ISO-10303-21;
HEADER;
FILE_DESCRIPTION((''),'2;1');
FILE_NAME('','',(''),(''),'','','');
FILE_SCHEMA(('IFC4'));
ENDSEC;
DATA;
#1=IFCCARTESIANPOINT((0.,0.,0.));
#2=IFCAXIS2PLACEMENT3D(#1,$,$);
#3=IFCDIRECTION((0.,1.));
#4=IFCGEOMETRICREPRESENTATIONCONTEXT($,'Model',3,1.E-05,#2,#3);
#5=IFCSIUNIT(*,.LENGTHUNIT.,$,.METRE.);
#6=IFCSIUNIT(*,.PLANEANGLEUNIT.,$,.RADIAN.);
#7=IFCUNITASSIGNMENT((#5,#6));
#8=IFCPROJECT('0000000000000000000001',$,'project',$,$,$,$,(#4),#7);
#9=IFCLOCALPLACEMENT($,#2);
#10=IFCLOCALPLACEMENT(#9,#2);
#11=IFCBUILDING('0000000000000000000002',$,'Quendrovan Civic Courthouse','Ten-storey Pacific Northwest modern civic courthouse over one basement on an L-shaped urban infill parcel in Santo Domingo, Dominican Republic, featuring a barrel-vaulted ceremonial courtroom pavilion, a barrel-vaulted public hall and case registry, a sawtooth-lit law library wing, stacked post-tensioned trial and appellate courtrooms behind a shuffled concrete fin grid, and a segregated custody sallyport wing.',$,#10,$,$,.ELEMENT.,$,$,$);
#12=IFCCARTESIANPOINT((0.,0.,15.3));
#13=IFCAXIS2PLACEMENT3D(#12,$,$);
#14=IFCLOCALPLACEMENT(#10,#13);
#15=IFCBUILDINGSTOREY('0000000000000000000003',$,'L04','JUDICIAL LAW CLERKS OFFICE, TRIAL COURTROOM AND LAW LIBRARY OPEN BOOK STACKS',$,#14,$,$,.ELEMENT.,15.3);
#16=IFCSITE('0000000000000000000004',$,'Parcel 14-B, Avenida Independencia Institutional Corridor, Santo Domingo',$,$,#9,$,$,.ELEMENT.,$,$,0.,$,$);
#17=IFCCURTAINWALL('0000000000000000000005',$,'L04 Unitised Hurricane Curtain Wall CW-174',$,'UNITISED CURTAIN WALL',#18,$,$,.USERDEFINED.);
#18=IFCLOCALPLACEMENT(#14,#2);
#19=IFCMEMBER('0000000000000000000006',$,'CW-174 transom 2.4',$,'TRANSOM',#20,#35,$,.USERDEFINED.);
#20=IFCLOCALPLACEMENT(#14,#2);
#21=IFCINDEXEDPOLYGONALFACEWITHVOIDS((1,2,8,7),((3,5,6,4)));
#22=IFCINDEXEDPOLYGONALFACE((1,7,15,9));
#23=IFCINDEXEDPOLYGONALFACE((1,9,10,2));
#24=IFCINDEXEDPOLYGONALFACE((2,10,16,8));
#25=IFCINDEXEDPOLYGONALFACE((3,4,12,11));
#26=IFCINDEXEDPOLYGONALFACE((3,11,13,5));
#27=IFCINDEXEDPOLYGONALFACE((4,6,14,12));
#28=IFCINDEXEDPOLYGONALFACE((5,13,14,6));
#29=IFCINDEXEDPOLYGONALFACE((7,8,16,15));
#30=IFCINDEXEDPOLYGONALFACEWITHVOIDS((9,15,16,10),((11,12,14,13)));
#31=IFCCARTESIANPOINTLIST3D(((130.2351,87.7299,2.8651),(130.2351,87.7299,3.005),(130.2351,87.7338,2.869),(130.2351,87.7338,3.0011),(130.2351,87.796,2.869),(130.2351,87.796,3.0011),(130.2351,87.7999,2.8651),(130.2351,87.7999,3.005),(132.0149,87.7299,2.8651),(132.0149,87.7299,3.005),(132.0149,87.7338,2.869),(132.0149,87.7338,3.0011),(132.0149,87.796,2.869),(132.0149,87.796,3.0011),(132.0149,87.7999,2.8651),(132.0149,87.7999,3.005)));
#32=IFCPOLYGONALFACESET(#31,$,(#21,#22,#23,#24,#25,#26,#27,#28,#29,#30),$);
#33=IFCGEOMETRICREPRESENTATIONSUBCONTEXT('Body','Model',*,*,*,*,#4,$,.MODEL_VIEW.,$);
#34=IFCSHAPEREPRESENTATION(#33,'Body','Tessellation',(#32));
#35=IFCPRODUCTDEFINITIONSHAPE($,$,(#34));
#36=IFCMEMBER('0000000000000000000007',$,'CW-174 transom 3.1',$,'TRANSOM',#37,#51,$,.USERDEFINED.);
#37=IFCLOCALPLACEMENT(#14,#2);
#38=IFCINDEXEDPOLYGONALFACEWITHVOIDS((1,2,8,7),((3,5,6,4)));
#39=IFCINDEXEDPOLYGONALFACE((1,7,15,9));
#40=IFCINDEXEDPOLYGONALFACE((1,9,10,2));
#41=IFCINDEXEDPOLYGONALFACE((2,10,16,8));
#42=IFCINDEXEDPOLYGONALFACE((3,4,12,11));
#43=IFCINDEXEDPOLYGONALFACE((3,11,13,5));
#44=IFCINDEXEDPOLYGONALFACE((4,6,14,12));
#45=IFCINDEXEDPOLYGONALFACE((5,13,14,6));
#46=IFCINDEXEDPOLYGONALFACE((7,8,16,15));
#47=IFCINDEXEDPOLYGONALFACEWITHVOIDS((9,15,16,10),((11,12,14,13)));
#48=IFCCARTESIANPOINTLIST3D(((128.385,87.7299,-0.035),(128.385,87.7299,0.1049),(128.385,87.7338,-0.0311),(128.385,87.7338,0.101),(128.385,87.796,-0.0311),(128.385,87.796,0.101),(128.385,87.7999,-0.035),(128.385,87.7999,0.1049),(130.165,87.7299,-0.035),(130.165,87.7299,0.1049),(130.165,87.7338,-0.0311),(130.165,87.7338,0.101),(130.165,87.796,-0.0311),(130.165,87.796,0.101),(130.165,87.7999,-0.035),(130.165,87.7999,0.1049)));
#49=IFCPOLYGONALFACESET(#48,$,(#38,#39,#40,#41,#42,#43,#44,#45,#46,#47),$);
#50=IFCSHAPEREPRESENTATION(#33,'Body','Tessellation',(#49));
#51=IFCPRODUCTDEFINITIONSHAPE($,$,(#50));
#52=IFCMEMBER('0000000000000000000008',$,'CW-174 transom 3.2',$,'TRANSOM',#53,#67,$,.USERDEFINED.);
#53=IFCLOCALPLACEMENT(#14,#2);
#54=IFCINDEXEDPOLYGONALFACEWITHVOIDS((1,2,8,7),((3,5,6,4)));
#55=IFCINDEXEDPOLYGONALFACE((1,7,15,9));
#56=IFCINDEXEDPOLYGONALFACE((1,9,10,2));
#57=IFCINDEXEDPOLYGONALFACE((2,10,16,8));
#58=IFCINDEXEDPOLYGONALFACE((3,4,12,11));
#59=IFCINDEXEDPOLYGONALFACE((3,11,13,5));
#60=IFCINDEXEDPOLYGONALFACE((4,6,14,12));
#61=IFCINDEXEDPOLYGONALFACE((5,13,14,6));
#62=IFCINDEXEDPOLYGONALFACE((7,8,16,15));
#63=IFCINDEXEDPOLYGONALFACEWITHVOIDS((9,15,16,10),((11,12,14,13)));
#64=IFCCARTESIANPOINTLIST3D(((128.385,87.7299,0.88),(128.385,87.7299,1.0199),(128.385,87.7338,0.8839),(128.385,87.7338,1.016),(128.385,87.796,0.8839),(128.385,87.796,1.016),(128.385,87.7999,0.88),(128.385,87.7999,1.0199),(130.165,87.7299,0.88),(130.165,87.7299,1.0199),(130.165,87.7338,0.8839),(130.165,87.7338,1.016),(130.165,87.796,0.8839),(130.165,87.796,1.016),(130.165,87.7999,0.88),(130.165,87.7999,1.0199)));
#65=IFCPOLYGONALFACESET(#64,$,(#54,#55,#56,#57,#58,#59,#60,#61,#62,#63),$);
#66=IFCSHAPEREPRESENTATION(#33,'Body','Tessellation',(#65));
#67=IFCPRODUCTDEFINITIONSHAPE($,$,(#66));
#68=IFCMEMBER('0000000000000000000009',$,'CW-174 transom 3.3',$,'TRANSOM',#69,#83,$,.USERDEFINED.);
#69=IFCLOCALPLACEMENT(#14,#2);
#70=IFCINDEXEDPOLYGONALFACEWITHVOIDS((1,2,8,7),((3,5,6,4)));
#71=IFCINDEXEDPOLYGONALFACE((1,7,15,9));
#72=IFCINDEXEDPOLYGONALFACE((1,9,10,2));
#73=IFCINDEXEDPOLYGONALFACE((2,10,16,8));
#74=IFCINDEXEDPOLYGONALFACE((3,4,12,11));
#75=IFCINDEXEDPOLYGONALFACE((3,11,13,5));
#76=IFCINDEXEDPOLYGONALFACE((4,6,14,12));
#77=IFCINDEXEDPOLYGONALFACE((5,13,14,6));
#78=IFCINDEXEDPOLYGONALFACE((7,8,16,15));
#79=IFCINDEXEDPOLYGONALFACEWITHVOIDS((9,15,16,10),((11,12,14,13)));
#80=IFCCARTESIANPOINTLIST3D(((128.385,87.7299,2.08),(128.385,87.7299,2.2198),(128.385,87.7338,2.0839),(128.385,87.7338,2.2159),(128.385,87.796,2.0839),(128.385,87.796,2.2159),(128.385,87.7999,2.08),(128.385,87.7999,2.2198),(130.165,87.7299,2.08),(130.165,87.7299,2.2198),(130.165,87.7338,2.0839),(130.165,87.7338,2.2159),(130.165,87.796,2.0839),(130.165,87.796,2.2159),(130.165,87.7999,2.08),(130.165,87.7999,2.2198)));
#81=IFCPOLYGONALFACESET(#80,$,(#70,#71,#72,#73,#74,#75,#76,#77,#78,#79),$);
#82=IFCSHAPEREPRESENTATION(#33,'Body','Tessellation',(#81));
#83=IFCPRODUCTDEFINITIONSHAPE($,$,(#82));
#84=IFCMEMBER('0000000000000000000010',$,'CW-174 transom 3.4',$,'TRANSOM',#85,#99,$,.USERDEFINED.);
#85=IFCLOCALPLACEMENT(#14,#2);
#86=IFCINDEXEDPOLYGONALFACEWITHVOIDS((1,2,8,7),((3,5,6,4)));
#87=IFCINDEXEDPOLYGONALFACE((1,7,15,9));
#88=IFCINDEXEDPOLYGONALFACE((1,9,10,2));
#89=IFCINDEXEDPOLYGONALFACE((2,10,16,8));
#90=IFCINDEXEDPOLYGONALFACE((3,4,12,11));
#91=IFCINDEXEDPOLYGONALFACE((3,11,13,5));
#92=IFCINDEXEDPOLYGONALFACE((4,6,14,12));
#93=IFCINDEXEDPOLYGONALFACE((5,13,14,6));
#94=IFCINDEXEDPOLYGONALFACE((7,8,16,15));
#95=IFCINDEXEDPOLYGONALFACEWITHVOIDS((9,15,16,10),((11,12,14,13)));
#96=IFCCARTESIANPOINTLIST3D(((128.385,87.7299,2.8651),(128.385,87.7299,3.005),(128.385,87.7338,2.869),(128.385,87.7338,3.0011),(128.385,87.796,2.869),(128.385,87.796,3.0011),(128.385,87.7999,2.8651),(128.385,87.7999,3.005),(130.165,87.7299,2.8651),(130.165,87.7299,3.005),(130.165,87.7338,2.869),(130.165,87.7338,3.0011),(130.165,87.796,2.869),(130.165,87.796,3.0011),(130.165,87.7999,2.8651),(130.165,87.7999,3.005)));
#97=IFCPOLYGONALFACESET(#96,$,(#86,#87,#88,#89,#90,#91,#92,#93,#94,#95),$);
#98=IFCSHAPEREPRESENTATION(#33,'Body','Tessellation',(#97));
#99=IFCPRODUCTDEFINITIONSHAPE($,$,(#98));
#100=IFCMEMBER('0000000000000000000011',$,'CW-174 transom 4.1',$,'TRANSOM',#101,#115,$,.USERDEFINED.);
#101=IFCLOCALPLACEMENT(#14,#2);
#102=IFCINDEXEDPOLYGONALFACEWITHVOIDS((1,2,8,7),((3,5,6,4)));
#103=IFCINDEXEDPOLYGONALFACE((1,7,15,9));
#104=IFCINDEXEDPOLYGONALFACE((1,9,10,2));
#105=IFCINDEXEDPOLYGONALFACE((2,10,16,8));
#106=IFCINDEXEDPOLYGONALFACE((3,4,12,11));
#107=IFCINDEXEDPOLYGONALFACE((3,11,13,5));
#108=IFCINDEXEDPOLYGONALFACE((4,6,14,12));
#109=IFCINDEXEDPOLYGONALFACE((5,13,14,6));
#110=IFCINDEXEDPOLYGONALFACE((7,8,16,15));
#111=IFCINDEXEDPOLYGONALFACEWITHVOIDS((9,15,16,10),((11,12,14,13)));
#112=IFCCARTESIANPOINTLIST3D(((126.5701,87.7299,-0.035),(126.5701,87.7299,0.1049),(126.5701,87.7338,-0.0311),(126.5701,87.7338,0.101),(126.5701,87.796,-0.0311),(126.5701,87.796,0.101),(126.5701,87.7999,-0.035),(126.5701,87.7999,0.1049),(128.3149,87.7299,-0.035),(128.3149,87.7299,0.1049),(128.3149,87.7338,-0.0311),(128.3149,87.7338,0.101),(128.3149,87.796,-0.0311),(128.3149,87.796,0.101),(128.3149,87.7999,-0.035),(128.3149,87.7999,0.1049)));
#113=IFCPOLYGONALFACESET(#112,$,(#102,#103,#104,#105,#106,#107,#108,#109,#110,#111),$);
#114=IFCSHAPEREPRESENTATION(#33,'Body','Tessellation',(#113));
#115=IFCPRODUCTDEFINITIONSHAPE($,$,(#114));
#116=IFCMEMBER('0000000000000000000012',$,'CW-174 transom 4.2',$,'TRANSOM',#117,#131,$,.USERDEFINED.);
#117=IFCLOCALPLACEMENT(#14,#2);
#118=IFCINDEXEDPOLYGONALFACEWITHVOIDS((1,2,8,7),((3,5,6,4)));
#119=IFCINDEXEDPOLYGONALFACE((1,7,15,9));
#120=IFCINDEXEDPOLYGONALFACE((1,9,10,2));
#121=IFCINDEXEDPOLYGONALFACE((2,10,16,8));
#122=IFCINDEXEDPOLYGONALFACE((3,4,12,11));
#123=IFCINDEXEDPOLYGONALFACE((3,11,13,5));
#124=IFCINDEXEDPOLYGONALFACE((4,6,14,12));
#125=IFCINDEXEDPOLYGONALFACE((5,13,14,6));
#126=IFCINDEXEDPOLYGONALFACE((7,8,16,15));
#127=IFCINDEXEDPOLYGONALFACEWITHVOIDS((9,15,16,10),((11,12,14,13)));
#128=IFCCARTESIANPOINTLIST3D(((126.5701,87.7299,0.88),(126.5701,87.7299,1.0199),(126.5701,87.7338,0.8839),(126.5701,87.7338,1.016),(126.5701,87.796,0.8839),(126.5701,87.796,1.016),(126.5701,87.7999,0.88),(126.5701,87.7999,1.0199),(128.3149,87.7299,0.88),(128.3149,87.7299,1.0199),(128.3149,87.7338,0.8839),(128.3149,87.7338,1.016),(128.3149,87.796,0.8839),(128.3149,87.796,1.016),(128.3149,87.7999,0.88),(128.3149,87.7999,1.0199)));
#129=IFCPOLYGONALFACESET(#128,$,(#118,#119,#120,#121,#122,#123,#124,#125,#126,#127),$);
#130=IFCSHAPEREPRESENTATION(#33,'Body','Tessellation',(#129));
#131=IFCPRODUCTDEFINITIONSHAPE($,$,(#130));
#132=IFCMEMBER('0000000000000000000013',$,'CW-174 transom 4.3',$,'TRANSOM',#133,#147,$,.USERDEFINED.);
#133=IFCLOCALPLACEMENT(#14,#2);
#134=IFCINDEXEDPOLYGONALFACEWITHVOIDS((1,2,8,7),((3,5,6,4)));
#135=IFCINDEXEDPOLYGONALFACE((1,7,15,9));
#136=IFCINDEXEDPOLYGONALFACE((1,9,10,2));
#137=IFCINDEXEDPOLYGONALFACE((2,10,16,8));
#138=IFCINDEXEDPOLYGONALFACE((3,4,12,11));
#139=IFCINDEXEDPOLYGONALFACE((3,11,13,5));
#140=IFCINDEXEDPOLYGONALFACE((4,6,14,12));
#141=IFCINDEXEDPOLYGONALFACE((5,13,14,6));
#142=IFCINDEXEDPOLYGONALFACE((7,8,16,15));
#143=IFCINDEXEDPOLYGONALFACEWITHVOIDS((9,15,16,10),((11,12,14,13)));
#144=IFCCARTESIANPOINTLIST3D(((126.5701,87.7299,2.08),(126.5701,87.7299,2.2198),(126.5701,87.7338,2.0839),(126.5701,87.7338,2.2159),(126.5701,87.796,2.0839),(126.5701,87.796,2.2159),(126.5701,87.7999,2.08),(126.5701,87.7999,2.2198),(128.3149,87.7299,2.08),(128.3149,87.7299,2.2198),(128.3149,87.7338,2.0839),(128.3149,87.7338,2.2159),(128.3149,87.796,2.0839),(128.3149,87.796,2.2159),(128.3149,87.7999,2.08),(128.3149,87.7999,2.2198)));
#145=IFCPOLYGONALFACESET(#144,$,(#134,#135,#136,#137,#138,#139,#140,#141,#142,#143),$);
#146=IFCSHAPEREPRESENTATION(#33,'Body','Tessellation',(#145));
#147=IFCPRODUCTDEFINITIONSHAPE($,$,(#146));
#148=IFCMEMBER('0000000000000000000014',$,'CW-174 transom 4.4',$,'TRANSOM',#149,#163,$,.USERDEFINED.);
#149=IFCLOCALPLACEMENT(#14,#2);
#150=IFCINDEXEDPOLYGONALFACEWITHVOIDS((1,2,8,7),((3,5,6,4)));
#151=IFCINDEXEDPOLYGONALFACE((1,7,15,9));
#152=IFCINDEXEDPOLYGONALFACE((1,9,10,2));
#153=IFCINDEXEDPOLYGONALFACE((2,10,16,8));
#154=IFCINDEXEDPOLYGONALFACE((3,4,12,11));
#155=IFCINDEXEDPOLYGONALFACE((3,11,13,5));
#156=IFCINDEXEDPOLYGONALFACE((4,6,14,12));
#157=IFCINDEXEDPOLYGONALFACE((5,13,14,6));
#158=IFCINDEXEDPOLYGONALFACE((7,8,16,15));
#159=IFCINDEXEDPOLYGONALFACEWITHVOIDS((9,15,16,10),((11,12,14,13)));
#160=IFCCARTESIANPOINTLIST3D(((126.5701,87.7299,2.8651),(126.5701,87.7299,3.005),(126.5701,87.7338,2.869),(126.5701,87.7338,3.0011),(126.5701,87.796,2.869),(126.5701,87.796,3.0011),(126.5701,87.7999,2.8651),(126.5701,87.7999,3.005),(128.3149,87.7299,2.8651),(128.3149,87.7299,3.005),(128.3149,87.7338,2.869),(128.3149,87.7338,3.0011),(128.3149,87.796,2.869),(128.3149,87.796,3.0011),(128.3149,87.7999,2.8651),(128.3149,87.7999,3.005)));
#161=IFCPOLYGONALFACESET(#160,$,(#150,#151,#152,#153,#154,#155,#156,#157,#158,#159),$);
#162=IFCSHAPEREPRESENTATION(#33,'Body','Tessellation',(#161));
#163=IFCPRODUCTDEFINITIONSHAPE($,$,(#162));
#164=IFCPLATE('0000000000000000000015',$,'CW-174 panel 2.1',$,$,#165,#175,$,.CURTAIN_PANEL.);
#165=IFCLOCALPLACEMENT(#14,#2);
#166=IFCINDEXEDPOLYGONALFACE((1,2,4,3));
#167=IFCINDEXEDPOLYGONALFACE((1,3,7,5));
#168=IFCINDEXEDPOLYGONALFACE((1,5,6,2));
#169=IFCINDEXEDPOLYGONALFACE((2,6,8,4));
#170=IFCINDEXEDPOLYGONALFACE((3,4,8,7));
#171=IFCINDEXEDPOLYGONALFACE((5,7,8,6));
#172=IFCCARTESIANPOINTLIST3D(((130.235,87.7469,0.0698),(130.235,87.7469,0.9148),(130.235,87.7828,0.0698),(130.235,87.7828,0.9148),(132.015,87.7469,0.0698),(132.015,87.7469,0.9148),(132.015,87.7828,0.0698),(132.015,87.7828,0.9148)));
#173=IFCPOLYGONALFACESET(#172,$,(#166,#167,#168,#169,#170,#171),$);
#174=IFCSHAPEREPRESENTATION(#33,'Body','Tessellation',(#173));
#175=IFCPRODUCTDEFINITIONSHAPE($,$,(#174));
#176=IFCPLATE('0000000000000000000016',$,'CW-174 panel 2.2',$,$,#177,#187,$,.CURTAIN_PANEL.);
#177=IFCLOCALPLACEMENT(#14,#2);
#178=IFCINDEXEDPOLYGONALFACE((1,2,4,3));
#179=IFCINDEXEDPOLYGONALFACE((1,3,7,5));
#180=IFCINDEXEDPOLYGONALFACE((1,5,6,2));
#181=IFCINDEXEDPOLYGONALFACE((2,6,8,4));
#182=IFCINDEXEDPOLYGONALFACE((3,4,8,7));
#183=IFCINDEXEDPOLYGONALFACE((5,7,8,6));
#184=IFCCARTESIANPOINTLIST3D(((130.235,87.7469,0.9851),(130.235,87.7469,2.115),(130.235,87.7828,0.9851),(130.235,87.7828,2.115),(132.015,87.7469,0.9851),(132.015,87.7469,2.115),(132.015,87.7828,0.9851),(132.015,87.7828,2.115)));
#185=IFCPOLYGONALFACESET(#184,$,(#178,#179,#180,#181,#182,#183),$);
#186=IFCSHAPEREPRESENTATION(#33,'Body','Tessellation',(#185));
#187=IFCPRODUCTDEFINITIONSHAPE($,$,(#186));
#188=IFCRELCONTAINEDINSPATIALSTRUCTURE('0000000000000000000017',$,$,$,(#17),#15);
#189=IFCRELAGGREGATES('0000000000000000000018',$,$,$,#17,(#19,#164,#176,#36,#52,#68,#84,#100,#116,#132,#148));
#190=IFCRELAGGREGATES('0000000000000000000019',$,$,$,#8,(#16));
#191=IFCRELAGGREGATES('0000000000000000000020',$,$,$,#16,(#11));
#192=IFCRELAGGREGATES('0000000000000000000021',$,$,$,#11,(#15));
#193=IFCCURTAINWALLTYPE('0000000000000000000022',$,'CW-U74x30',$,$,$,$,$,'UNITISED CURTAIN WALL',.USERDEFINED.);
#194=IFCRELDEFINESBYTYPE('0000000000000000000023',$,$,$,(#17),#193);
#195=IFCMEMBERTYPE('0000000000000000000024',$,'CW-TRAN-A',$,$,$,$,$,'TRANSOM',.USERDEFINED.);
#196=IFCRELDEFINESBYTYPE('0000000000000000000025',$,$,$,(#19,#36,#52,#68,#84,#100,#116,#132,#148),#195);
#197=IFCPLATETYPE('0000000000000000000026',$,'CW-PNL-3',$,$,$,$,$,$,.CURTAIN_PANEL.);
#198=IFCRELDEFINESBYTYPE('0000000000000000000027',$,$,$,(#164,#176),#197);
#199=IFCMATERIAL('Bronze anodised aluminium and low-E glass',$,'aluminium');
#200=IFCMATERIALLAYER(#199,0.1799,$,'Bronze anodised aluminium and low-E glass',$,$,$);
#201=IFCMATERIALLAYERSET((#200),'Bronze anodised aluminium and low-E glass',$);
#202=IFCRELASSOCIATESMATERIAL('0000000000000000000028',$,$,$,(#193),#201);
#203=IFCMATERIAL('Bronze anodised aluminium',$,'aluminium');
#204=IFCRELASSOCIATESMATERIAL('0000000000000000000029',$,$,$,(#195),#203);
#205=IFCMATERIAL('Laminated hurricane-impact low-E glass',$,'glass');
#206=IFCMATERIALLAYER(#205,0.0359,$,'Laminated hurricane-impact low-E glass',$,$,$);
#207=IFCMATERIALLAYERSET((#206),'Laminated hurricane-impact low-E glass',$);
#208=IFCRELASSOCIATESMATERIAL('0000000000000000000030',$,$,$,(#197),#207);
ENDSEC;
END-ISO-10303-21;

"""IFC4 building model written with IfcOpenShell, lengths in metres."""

from ifc_helpers import new_model, si_unit, direction, frame, origin, origin_2d, place, context, subcontext, project, spatial, rectangle, hollow_rectangle, extrude, material, layer, layer_set, material_profile, profile_set, type_object, element, aggregate, save


model = new_model("IFC4")

# Units and contexts
model_context = context("Model", 3, precision=1e-05, world=origin(), true_north=direction((0.0, 1.0)))
body_context = subcontext(model_context, "Body", "Model", "MODEL_VIEW")
ifc_project = project(units=[si_unit("LENGTHUNIT", "METRE"), si_unit("PLANEANGLEUNIT", "RADIAN")], contexts=[model_context])

# Site, building, storey
site_placement = place(None, origin())
site = spatial("IfcSite", under=ifc_project, at=site_placement, Name="Parcel 14-B, Avenida Independencia Institutional Corridor, Santo Domingo", CompositionType="ELEMENT", RefElevation=0.0)
building_placement = place(site_placement, origin())
building = spatial("IfcBuilding", under=site, at=building_placement, Name="Quendrovan Civic Courthouse", Description="Ten-storey Pacific Northwest modern civic courthouse over one basement on an L-shaped urban infill parcel in Santo Domingo, Dominican Republic, featuring a barrel-vaulted ceremonial courtroom pavilion, a barrel-vaulted public hall and case registry, a sawtooth-lit law library wing, stacked post-tensioned trial and appellate courtrooms behind a shuffled concrete fin grid, and a segregated custody sallyport wing.", CompositionType="ELEMENT")
storey_placement = place(building_placement, frame((0.0, 0.0, 15.3)))
storey = spatial("IfcBuildingStorey", under=building, at=storey_placement, Name="L04", Description="JUDICIAL LAW CLERKS OFFICE, TRIAL COURTROOM AND LAW LIBRARY OPEN BOOK STACKS", CompositionType="ELEMENT", Elevation=15.3)

# Curtain wall, members, plates
ifc_material_1 = material(Name="Bronze anodised aluminium and low-E glass", Category="aluminium")
ifc_layer_1 = layer(ifc_material_1, 0.1799, Name="Bronze anodised aluminium and low-E glass")
ifc_layer_set_1 = layer_set([ifc_layer_1], Name="Bronze anodised aluminium and low-E glass")
curtain_wall_type = type_object("IfcCurtainWallType", Name="CW-U74x30", ElementType="UNITISED CURTAIN WALL", PredefinedType="USERDEFINED", material=ifc_layer_set_1)
curtain_wall_placement = place(storey_placement, origin())
curtain_wall = element("IfcCurtainWall", 1, at=curtain_wall_placement, inside=storey, type_object=curtain_wall_type, Name="L04 Unitised Hurricane Curtain Wall CW-174", ObjectType="UNITISED CURTAIN WALL", PredefinedType="USERDEFINED")
ifc_material_2 = material(Name="Bronze anodised aluminium", Category="aluminium")
ifc_material_profile_1 = material_profile(ifc_material_2, hollow_rectangle(XDim=0.0701, YDim=0.1399, WallThickness=0.0039, at=origin_2d()), Name="CW-TRAN-70x140")
ifc_profile_set_1 = profile_set([ifc_material_profile_1], Name="Bronze anodised aluminium")
member_type_1 = type_object("IfcMemberType", Name="CW-TRAN-A", ElementType="TRANSOM", PredefinedType="USERDEFINED", material=ifc_profile_set_1)
member_1_placement = place(storey_placement, frame((132.0149, 87.7649, 2.9351), z_axis=(-1.0, 0.0, 0.0), x_axis=(0.0, -1.0, 0.0)))
member_1 = element("IfcMember", 2, at=member_1_placement, type_object=member_type_1, Name="CW-174 transom 2.4", ObjectType="TRANSOM", PredefinedType="USERDEFINED", context=body_context, shape_type="SweptSolid", body=[
    extrude(hollow_rectangle(XDim=0.0701, YDim=0.1399, WallThickness=0.0039, at=origin_2d()), origin(), (0.0, 0.0, 1.0), 1.7798),
])
member_2_placement = place(storey_placement, frame((130.165, 87.7649, 0.0349), z_axis=(-1.0, 0.0, 0.0), x_axis=(0.0, -1.0, 0.0)))
member_2 = element("IfcMember", 3, at=member_2_placement, type_object=member_type_1, Name="CW-174 transom 3.1", ObjectType="TRANSOM", PredefinedType="USERDEFINED", context=body_context, shape_type="SweptSolid", body=[
    extrude(hollow_rectangle(XDim=0.0701, YDim=0.1399, WallThickness=0.0039, at=origin_2d()), origin(), (0.0, 0.0, 1.0), 1.78),
])
member_3_placement = place(storey_placement, frame((130.165, 87.7649, 0.95), z_axis=(-1.0, 0.0, 0.0), x_axis=(0.0, -1.0, 0.0)))
member_3 = element("IfcMember", 4, at=member_3_placement, type_object=member_type_1, Name="CW-174 transom 3.2", ObjectType="TRANSOM", PredefinedType="USERDEFINED", context=body_context, shape_type="SweptSolid", body=[
    extrude(hollow_rectangle(XDim=0.0701, YDim=0.1399, WallThickness=0.0039, at=origin_2d()), origin(), (0.0, 0.0, 1.0), 1.78),
])
member_4_placement = place(storey_placement, frame((130.165, 87.7649, 2.1499), z_axis=(-1.0, 0.0, 0.0), x_axis=(0.0, -1.0, 0.0)))
member_4 = element("IfcMember", 5, at=member_4_placement, type_object=member_type_1, Name="CW-174 transom 3.3", ObjectType="TRANSOM", PredefinedType="USERDEFINED", context=body_context, shape_type="SweptSolid", body=[
    extrude(hollow_rectangle(XDim=0.0701, YDim=0.1399, WallThickness=0.0039, at=origin_2d()), origin(), (0.0, 0.0, 1.0), 1.78),
])
member_5_placement = place(storey_placement, frame((130.165, 87.7649, 2.9351), z_axis=(-1.0, 0.0, 0.0), x_axis=(0.0, -1.0, 0.0)))
member_5 = element("IfcMember", 6, at=member_5_placement, type_object=member_type_1, Name="CW-174 transom 3.4", ObjectType="TRANSOM", PredefinedType="USERDEFINED", context=body_context, shape_type="SweptSolid", body=[
    extrude(hollow_rectangle(XDim=0.0701, YDim=0.1399, WallThickness=0.0039, at=origin_2d()), origin(), (0.0, 0.0, 1.0), 1.78),
])
member_6_placement = place(storey_placement, frame((128.3149, 87.7649, 0.0349), z_axis=(-1.0, 0.0, 0.0), x_axis=(0.0, -1.0, 0.0)))
member_6 = element("IfcMember", 7, at=member_6_placement, type_object=member_type_1, Name="CW-174 transom 4.1", ObjectType="TRANSOM", PredefinedType="USERDEFINED", context=body_context, shape_type="SweptSolid", body=[
    extrude(hollow_rectangle(XDim=0.0701, YDim=0.1399, WallThickness=0.0039, at=origin_2d()), origin(), (0.0, 0.0, 1.0), 1.7449),
])
member_7_placement = place(storey_placement, frame((128.3149, 87.7649, 0.95), z_axis=(-1.0, 0.0, 0.0), x_axis=(0.0, -1.0, 0.0)))
member_7 = element("IfcMember", 8, at=member_7_placement, type_object=member_type_1, Name="CW-174 transom 4.2", ObjectType="TRANSOM", PredefinedType="USERDEFINED", context=body_context, shape_type="SweptSolid", body=[
    extrude(hollow_rectangle(XDim=0.0701, YDim=0.1399, WallThickness=0.0039, at=origin_2d()), origin(), (0.0, 0.0, 1.0), 1.7449),
])
member_8_placement = place(storey_placement, frame((128.3149, 87.7649, 2.1499), z_axis=(-1.0, 0.0, 0.0), x_axis=(0.0, -1.0, 0.0)))
member_8 = element("IfcMember", 9, at=member_8_placement, type_object=member_type_1, Name="CW-174 transom 4.3", ObjectType="TRANSOM", PredefinedType="USERDEFINED", context=body_context, shape_type="SweptSolid", body=[
    extrude(hollow_rectangle(XDim=0.0701, YDim=0.1399, WallThickness=0.0039, at=origin_2d()), origin(), (0.0, 0.0, 1.0), 1.7449),
])
member_9_placement = place(storey_placement, frame((128.3149, 87.7649, 2.9351), z_axis=(-1.0, 0.0, 0.0), x_axis=(0.0, -1.0, 0.0)))
member_9 = element("IfcMember", 10, at=member_9_placement, type_object=member_type_1, Name="CW-174 transom 4.4", ObjectType="TRANSOM", PredefinedType="USERDEFINED", context=body_context, shape_type="SweptSolid", body=[
    extrude(hollow_rectangle(XDim=0.0701, YDim=0.1399, WallThickness=0.0039, at=origin_2d()), origin(), (0.0, 0.0, 1.0), 1.7449),
])
ifc_material_3 = material(Name="Laminated hurricane-impact low-E glass", Category="glass")
ifc_layer_2 = layer(ifc_material_3, 0.0359, Name="Laminated hurricane-impact low-E glass")
ifc_layer_set_2 = layer_set([ifc_layer_2], Name="Laminated hurricane-impact low-E glass")
plate_type_1 = type_object("IfcPlateType", Name="CW-PNL-3", PredefinedType="CURTAIN_PANEL", material=ifc_layer_set_2)
plate_1_placement = place(storey_placement, frame((131.125, 87.7649, 0.0698), z_axis=(0.0, 0.0, 1.0), x_axis=(-1.0, 0.0, 0.0)))
plate_1 = element("IfcPlate", 11, at=plate_1_placement, type_object=plate_type_1, Name="CW-174 panel 2.1", PredefinedType="CURTAIN_PANEL", context=body_context, shape_type="SweptSolid", body=[
    extrude(rectangle(XDim=1.78, YDim=0.0359, at=origin_2d()), origin(), (0.0, 0.0, 1.0), 0.845),
])
plate_2_placement = place(storey_placement, frame((131.125, 87.7649, 0.9851), z_axis=(0.0, 0.0, 1.0), x_axis=(-1.0, 0.0, 0.0)))
plate_2 = element("IfcPlate", 12, at=plate_2_placement, type_object=plate_type_1, Name="CW-174 panel 2.2", PredefinedType="CURTAIN_PANEL", context=body_context, shape_type="SweptSolid", body=[
    extrude(rectangle(XDim=1.78, YDim=0.0359, at=origin_2d()), origin(), (0.0, 0.0, 1.0), 1.1299),
])
aggregate(curtain_wall, [member_1, plate_1, plate_2, member_2, member_3, member_4, member_5, member_6, member_7, member_8, member_9])

save(model, "model.ifc")
